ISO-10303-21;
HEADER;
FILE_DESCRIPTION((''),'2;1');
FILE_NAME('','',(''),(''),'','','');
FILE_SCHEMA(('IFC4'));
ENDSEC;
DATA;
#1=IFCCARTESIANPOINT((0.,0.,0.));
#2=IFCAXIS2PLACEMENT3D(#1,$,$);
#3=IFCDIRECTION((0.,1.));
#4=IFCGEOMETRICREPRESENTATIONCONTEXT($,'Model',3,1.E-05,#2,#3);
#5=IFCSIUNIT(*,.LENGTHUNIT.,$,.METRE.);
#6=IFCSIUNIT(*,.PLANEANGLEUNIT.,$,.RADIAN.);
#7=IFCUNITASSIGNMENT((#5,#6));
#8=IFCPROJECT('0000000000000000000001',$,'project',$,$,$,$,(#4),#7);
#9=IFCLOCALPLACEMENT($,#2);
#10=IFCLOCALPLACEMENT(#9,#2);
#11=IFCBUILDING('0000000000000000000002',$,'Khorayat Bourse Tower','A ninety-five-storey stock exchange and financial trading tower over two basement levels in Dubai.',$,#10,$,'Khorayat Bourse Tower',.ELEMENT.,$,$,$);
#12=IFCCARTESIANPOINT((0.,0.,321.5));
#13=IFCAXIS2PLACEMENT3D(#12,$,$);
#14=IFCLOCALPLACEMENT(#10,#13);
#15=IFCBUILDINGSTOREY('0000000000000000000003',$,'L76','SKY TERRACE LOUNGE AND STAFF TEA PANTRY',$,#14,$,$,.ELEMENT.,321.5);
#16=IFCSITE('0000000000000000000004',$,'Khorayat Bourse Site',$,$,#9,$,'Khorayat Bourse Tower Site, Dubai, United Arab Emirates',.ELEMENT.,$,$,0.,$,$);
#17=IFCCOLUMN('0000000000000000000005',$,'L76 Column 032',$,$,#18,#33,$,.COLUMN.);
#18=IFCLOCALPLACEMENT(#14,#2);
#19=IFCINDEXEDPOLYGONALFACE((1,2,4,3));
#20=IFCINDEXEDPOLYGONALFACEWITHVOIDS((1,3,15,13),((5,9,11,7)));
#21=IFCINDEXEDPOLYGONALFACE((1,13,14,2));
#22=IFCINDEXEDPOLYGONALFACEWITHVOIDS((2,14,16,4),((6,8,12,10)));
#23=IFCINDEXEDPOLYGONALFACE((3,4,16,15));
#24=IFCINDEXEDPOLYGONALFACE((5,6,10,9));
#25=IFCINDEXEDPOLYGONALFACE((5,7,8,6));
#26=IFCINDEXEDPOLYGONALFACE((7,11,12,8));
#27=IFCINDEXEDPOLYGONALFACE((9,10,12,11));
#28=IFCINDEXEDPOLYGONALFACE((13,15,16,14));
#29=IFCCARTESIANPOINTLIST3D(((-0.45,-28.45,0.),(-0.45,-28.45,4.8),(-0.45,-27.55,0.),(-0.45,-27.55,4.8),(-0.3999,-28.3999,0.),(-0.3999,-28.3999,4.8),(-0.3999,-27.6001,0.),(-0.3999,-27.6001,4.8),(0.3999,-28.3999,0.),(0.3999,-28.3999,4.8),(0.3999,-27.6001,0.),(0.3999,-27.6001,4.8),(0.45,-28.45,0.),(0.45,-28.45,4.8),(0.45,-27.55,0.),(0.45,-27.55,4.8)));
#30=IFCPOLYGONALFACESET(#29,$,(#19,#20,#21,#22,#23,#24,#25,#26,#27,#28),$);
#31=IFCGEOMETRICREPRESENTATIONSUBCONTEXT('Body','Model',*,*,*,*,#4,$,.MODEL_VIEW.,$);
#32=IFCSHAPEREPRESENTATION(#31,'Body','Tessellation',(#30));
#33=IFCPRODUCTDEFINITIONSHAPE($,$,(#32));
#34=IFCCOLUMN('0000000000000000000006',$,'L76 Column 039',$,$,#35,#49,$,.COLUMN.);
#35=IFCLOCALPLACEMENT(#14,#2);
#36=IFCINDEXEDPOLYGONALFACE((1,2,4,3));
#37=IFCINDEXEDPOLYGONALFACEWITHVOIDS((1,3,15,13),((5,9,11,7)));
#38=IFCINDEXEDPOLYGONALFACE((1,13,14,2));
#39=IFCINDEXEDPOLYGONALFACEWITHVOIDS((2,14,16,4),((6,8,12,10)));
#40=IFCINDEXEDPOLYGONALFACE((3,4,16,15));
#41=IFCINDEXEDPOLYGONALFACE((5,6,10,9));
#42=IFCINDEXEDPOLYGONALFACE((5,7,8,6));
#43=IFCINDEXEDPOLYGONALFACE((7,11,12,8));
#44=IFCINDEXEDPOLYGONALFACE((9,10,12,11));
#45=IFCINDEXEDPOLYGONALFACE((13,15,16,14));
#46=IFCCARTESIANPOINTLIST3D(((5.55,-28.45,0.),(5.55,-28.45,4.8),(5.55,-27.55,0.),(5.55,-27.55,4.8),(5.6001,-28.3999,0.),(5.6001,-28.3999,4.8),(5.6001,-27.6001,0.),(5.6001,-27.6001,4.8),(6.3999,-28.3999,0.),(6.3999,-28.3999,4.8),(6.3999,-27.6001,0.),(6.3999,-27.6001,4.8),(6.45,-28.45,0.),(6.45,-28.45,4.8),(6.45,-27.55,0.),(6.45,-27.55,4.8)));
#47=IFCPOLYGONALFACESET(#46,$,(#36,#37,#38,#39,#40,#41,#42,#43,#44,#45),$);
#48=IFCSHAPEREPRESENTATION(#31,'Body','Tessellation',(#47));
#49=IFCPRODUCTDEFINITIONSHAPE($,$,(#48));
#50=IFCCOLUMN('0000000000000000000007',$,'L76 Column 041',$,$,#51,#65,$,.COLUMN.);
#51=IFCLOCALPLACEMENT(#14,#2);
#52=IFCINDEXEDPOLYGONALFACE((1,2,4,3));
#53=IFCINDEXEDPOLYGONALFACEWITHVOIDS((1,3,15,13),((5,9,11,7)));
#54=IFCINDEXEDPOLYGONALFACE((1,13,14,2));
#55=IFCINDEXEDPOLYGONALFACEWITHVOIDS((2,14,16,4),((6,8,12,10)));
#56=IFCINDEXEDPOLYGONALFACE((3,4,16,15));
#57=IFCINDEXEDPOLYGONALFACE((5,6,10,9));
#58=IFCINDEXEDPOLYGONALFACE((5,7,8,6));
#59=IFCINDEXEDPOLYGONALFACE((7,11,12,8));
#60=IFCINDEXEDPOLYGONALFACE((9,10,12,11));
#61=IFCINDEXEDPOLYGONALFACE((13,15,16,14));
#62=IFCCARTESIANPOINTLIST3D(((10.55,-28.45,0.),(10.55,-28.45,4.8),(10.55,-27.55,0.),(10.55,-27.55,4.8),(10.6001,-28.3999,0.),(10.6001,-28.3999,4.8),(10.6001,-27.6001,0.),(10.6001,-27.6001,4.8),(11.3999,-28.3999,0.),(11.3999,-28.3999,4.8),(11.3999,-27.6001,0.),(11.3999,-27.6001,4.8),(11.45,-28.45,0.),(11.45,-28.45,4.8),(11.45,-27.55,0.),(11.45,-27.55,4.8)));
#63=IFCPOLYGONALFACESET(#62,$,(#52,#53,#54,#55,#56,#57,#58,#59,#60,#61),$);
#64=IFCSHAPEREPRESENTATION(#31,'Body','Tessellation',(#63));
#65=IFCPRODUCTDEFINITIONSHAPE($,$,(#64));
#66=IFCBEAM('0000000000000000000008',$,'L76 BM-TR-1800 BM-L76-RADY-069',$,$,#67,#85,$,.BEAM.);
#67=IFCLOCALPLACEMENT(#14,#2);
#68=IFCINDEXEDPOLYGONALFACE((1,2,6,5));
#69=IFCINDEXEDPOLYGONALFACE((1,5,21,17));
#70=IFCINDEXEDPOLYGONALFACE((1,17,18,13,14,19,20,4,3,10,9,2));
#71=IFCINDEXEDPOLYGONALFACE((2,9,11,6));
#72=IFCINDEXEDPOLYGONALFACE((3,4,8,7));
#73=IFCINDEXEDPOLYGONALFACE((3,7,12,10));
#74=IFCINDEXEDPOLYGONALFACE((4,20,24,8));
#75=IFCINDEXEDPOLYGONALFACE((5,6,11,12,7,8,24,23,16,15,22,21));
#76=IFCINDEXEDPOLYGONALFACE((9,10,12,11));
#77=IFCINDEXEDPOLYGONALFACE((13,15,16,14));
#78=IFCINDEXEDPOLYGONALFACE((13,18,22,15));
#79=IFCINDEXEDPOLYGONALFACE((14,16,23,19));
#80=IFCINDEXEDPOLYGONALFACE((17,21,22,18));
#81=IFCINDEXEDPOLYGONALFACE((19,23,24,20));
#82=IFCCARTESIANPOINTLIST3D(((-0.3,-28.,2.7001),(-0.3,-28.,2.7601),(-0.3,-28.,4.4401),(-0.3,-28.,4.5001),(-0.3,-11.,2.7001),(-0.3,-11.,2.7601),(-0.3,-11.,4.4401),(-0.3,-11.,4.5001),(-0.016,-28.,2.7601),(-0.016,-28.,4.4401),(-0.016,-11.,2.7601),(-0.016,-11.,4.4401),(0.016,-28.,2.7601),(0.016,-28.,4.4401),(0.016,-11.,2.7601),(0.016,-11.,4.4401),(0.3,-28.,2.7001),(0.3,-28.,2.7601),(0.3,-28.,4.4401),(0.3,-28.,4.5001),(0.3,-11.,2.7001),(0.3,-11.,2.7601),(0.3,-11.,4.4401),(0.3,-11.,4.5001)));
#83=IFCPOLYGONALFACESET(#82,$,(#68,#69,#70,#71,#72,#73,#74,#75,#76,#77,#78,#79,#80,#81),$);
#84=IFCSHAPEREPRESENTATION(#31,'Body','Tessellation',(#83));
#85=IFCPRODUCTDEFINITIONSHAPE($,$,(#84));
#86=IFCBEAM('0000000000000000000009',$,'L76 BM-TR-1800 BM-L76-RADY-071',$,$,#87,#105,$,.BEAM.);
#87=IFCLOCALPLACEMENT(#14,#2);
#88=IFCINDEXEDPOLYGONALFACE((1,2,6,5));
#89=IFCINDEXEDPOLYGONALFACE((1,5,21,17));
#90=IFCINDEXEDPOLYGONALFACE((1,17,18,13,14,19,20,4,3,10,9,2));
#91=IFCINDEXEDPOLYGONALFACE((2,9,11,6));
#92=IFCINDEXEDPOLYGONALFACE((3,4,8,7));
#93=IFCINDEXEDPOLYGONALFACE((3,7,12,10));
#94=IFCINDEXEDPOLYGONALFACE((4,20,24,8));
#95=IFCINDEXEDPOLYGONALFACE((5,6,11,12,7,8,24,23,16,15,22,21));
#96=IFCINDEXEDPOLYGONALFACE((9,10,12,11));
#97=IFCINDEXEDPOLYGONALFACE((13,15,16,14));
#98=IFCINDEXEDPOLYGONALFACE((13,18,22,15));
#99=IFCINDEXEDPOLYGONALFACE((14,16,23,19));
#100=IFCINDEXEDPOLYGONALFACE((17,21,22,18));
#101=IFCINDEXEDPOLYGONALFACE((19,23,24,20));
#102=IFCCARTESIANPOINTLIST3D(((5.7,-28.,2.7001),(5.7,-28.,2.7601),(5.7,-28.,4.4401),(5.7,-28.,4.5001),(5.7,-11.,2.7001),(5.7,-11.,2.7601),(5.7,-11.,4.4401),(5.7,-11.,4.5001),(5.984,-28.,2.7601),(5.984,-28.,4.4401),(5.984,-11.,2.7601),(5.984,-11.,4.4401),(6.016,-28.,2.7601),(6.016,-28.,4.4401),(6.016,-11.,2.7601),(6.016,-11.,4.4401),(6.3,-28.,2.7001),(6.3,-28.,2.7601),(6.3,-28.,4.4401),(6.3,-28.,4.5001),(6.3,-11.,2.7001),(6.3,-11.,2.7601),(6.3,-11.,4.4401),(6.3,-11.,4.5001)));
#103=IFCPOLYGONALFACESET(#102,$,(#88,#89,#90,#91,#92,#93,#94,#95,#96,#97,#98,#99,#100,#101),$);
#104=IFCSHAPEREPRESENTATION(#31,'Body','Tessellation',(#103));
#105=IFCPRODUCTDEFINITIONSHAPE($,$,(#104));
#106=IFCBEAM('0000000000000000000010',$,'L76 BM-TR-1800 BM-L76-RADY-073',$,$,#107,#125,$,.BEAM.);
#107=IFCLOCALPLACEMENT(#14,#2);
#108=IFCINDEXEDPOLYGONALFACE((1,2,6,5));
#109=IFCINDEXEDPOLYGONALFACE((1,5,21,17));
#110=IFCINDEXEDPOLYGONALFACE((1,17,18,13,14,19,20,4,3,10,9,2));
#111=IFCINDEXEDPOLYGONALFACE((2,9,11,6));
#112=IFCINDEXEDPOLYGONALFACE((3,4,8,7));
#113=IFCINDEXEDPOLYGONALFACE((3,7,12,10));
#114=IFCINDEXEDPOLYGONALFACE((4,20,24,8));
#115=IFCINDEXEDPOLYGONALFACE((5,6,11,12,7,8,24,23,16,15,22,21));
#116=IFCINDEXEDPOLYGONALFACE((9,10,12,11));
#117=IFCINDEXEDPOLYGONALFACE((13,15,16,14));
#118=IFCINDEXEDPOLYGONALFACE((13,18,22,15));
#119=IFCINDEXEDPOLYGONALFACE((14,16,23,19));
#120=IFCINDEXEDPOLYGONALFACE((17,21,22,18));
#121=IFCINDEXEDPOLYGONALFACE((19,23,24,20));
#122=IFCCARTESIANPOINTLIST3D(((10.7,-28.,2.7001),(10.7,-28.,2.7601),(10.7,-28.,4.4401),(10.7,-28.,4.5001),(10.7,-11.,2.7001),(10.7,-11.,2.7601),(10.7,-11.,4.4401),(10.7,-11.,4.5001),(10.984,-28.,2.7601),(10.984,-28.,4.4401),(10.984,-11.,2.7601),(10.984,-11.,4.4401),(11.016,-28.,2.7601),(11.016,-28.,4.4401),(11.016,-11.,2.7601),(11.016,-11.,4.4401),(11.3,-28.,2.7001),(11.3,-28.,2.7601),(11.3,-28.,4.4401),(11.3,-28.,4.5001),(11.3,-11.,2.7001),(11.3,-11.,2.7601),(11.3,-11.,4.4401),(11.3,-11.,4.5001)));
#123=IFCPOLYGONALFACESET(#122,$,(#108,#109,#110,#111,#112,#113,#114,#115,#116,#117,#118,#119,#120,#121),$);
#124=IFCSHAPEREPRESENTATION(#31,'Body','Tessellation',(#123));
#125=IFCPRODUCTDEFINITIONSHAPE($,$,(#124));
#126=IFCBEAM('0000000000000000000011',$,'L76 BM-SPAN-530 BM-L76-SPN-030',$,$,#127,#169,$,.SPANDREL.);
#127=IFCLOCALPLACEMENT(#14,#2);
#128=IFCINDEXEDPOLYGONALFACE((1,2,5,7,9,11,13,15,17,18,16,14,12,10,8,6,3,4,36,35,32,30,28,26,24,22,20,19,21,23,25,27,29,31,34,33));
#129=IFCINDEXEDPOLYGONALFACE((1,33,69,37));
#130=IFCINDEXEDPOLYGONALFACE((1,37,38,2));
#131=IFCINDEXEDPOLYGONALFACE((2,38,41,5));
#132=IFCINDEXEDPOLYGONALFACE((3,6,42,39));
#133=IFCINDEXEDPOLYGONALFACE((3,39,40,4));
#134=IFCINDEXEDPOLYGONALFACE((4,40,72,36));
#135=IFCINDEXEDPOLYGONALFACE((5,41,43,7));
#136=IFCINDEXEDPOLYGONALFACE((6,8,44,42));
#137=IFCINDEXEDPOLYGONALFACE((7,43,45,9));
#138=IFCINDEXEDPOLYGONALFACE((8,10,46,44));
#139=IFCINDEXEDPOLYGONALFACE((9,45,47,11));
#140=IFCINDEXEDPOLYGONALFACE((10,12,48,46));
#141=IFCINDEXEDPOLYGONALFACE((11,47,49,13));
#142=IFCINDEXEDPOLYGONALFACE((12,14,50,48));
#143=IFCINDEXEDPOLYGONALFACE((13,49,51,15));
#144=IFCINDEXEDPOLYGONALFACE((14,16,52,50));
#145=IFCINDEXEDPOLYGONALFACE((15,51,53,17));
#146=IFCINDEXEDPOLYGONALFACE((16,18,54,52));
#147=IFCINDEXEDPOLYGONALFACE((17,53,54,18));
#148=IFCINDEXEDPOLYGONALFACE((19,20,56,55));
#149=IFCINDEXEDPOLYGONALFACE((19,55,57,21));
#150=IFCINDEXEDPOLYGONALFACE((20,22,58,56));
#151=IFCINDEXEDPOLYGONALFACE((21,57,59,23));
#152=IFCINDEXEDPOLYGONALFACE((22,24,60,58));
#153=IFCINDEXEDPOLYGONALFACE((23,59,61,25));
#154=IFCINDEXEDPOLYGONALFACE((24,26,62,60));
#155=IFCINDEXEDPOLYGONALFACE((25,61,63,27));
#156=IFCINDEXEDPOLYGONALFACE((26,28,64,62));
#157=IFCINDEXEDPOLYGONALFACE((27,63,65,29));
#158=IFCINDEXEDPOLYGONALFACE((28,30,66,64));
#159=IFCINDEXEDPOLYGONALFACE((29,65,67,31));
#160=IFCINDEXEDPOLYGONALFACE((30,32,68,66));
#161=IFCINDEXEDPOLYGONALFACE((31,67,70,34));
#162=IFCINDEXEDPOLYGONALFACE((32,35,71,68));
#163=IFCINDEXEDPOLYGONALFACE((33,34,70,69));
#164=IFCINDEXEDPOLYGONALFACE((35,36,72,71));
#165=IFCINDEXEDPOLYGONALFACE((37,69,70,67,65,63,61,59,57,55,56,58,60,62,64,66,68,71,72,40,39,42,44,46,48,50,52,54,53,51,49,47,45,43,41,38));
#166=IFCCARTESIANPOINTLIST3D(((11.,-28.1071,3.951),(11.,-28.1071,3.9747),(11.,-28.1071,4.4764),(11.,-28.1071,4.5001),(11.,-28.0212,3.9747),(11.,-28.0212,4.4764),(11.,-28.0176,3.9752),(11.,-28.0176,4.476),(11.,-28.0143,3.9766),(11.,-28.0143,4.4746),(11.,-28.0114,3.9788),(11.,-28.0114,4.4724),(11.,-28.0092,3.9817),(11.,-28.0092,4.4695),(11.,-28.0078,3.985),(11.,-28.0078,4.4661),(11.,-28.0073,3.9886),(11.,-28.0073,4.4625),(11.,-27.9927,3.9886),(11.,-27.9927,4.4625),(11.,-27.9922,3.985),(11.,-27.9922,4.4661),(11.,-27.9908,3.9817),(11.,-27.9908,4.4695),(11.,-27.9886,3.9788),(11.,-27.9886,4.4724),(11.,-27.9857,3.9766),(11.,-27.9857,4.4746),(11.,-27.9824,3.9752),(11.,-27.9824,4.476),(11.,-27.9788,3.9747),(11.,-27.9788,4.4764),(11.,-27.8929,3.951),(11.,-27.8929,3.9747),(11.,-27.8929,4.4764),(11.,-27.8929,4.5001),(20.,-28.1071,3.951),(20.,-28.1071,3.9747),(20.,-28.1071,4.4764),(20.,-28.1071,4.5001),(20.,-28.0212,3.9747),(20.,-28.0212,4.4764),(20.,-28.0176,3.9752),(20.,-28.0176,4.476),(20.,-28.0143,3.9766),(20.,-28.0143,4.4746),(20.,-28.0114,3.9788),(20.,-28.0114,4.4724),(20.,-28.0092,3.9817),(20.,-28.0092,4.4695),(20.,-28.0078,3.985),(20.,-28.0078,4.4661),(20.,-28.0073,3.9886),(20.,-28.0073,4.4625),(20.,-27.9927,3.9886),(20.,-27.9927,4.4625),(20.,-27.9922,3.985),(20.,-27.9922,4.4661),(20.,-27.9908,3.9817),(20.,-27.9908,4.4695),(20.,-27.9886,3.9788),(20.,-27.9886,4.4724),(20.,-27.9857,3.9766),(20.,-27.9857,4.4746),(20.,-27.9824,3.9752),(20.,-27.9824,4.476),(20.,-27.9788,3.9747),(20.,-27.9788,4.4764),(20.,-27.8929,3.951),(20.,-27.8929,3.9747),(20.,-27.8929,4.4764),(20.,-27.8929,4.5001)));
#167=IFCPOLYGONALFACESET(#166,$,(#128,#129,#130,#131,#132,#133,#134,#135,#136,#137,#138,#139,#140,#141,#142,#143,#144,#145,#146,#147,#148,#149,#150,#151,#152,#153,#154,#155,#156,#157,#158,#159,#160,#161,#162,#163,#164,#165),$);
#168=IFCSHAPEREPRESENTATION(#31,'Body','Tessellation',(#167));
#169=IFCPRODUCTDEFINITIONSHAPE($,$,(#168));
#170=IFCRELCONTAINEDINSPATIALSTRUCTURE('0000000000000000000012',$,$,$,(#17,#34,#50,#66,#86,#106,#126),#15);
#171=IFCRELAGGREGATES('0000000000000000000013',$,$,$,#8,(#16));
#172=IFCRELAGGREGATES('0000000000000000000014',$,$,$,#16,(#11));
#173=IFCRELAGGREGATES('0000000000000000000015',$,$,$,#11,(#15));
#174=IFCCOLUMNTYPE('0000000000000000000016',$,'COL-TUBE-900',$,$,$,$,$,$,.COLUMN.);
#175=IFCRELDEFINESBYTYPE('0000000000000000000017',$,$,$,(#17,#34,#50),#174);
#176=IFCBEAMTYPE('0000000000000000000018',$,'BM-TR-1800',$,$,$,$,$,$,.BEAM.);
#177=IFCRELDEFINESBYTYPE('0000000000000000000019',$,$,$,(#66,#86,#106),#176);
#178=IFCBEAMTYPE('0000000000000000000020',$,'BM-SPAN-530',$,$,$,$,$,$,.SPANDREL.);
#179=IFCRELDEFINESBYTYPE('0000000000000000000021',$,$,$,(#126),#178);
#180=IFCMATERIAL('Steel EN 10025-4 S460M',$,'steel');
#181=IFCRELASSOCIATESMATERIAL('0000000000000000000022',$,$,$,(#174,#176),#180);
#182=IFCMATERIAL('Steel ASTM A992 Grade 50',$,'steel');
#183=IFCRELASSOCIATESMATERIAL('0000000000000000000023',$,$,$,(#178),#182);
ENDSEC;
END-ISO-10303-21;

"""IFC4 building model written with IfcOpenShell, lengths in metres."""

from ifc_helpers import new_model, si_unit, direction, frame, origin, origin_2d, place, context, subcontext, project, spatial, hollow_rectangle, i_section, extrude, source, transform, mapped, material, material_profile, profile_set, type_object, element, save


model = new_model("IFC4")

# Units and contexts
model_context = context("Model", 3, precision=1e-05, world=origin(), true_north=direction((0.0, 1.0)))
body_context = subcontext(model_context, "Body", "Model", "MODEL_VIEW")
ifc_project = project(units=[si_unit("LENGTHUNIT", "METRE"), si_unit("PLANEANGLEUNIT", "RADIAN")], contexts=[model_context])

# Site, building, storey
site_placement = place(None, origin())
site = spatial("IfcSite", under=ifc_project, at=site_placement, Name="Khorayat Bourse Site", LongName="Khorayat Bourse Tower Site, Dubai, United Arab Emirates", CompositionType="ELEMENT", RefElevation=0.0)
building_placement = place(site_placement, origin())
building = spatial("IfcBuilding", under=site, at=building_placement, Name="Khorayat Bourse Tower", Description="A ninety-five-storey stock exchange and financial trading tower over two basement levels in Dubai.", LongName="Khorayat Bourse Tower", CompositionType="ELEMENT")
storey_placement = place(building_placement, frame((0.0, 0.0, 321.5)))
storey = spatial("IfcBuildingStorey", under=building, at=storey_placement, Name="L76", Description="SKY TERRACE LOUNGE AND STAFF TEA PANTRY", CompositionType="ELEMENT", Elevation=321.5)

# Columns
ifc_material_1 = material(Name="Steel EN 10025-4 S460M", Category="steel")
ifc_material_profile_1 = material_profile(ifc_material_1, hollow_rectangle(XDim=0.8999, YDim=0.8999, WallThickness=0.05, at=origin_2d()), Name="BOX 900x900x50")
ifc_profile_set_1 = profile_set([ifc_material_profile_1], Name="Steel EN 10025-4 S460M")
column_type = type_object("IfcColumnType", Name="COL-TUBE-900", PredefinedType="COLUMN", material=ifc_profile_set_1)
shared_shape_1 = source(origin(), body_context, "Body", "SweptSolid", [
    extrude(hollow_rectangle(XDim=0.8999, YDim=0.8999, WallThickness=0.05, at=origin_2d()), origin(), (0.0, 0.0, 1.0), 4.8),
])
for number, where, z_axis, x_axis, name in (
    (1, (0.0, -28.0, 0.0), (0.0, 0.0, 1.0), (1.0, 0.0, 0.0), "L76 Column 032"),
    (2, (6.0, -28.0, 0.0), (0.0, 0.0, 1.0), (1.0, 0.0, 0.0), "L76 Column 039"),
    (3, (11.0, -28.0, 0.0), (0.0, 0.0, 1.0), (1.0, 0.0, 0.0), "L76 Column 041"),
):
    element("IfcColumn", number, at=place(storey_placement, frame(where, z_axis=z_axis, x_axis=x_axis)), inside=storey, type_object=column_type, Name=name, PredefinedType="COLUMN", context=body_context, shape_type="MappedRepresentation", body=[
        mapped(shared_shape_1, transform((0.0, 0.0, 0.0), scale=1.0)),
    ])

# Beams
ifc_material_profile_2 = material_profile(ifc_material_1, i_section(OverallWidth=0.6001, OverallDepth=1.8, WebThickness=0.032, FlangeThickness=0.0601, at=origin_2d()), Name="PG 1800x600x32x60")
ifc_profile_set_2 = profile_set([ifc_material_profile_2], Name="Steel EN 10025-4 S460M")
beam_type_1 = type_object("IfcBeamType", Name="BM-TR-1800", PredefinedType="BEAM", material=ifc_profile_set_2)
shared_shape_2 = source(origin(), body_context, "Body", "SweptSolid", [
    extrude(i_section(OverallWidth=0.6001, OverallDepth=1.8, WebThickness=0.032, FlangeThickness=0.0601, at=origin_2d()), origin(), (0.0, 0.0, 1.0), 17.0),
])
for number, where, z_axis, x_axis, name in (
    (4, (0.0, -28.0, 3.6001), (0.0, 1.0, 0.0), (-1.0, 0.0, 0.0), "L76 BM-TR-1800 BM-L76-RADY-069"),
    (5, (6.0, -28.0, 3.6001), (0.0, 1.0, 0.0), (-1.0, 0.0, 0.0), "L76 BM-TR-1800 BM-L76-RADY-071"),
    (6, (11.0, -28.0, 3.6001), (0.0, 1.0, 0.0), (-1.0, 0.0, 0.0), "L76 BM-TR-1800 BM-L76-RADY-073"),
):
    element("IfcBeam", number, at=place(storey_placement, frame(where, z_axis=z_axis, x_axis=x_axis)), inside=storey, type_object=beam_type_1, Name=name, PredefinedType="BEAM", context=body_context, shape_type="MappedRepresentation", body=[
        mapped(shared_shape_2, transform((0.0, 0.0, 0.0), scale=1.0)),
    ])
ifc_material_2 = material(Name="Steel ASTM A992 Grade 50", Category="steel")
ifc_material_profile_3 = material_profile(ifc_material_2, i_section(OverallWidth=0.2141, OverallDepth=0.5491, WebThickness=0.0146, FlangeThickness=0.0237, FilletRadius=0.0139, at=origin_2d()), Name="W530X138")
ifc_profile_set_3 = profile_set([ifc_material_profile_3], Name="Steel ASTM A992 Grade 50")
beam_type_2 = type_object("IfcBeamType", Name="BM-SPAN-530", PredefinedType="SPANDREL", material=ifc_profile_set_3)
shared_shape_3 = source(origin(), body_context, "Body", "SweptSolid", [
    extrude(i_section(OverallWidth=0.2141, OverallDepth=0.5491, WebThickness=0.0146, FlangeThickness=0.0237, FilletRadius=0.0139, at=origin_2d()), origin(), (0.0, 0.0, 1.0), 9.0),
])
beam_1_placement = place(storey_placement, frame((11.0, -28.0, 4.2256), z_axis=(1.0, 0.0, 0.0), x_axis=(0.0, 1.0, 0.0)))
element("IfcBeam", 7, at=beam_1_placement, inside=storey, type_object=beam_type_2, Name="L76 BM-SPAN-530 BM-L76-SPN-030", PredefinedType="SPANDREL", context=body_context, shape_type="MappedRepresentation", body=[
    mapped(shared_shape_3, transform((0.0, 0.0, 0.0), scale=1.0)),
])

save(model, "model.ifc")
